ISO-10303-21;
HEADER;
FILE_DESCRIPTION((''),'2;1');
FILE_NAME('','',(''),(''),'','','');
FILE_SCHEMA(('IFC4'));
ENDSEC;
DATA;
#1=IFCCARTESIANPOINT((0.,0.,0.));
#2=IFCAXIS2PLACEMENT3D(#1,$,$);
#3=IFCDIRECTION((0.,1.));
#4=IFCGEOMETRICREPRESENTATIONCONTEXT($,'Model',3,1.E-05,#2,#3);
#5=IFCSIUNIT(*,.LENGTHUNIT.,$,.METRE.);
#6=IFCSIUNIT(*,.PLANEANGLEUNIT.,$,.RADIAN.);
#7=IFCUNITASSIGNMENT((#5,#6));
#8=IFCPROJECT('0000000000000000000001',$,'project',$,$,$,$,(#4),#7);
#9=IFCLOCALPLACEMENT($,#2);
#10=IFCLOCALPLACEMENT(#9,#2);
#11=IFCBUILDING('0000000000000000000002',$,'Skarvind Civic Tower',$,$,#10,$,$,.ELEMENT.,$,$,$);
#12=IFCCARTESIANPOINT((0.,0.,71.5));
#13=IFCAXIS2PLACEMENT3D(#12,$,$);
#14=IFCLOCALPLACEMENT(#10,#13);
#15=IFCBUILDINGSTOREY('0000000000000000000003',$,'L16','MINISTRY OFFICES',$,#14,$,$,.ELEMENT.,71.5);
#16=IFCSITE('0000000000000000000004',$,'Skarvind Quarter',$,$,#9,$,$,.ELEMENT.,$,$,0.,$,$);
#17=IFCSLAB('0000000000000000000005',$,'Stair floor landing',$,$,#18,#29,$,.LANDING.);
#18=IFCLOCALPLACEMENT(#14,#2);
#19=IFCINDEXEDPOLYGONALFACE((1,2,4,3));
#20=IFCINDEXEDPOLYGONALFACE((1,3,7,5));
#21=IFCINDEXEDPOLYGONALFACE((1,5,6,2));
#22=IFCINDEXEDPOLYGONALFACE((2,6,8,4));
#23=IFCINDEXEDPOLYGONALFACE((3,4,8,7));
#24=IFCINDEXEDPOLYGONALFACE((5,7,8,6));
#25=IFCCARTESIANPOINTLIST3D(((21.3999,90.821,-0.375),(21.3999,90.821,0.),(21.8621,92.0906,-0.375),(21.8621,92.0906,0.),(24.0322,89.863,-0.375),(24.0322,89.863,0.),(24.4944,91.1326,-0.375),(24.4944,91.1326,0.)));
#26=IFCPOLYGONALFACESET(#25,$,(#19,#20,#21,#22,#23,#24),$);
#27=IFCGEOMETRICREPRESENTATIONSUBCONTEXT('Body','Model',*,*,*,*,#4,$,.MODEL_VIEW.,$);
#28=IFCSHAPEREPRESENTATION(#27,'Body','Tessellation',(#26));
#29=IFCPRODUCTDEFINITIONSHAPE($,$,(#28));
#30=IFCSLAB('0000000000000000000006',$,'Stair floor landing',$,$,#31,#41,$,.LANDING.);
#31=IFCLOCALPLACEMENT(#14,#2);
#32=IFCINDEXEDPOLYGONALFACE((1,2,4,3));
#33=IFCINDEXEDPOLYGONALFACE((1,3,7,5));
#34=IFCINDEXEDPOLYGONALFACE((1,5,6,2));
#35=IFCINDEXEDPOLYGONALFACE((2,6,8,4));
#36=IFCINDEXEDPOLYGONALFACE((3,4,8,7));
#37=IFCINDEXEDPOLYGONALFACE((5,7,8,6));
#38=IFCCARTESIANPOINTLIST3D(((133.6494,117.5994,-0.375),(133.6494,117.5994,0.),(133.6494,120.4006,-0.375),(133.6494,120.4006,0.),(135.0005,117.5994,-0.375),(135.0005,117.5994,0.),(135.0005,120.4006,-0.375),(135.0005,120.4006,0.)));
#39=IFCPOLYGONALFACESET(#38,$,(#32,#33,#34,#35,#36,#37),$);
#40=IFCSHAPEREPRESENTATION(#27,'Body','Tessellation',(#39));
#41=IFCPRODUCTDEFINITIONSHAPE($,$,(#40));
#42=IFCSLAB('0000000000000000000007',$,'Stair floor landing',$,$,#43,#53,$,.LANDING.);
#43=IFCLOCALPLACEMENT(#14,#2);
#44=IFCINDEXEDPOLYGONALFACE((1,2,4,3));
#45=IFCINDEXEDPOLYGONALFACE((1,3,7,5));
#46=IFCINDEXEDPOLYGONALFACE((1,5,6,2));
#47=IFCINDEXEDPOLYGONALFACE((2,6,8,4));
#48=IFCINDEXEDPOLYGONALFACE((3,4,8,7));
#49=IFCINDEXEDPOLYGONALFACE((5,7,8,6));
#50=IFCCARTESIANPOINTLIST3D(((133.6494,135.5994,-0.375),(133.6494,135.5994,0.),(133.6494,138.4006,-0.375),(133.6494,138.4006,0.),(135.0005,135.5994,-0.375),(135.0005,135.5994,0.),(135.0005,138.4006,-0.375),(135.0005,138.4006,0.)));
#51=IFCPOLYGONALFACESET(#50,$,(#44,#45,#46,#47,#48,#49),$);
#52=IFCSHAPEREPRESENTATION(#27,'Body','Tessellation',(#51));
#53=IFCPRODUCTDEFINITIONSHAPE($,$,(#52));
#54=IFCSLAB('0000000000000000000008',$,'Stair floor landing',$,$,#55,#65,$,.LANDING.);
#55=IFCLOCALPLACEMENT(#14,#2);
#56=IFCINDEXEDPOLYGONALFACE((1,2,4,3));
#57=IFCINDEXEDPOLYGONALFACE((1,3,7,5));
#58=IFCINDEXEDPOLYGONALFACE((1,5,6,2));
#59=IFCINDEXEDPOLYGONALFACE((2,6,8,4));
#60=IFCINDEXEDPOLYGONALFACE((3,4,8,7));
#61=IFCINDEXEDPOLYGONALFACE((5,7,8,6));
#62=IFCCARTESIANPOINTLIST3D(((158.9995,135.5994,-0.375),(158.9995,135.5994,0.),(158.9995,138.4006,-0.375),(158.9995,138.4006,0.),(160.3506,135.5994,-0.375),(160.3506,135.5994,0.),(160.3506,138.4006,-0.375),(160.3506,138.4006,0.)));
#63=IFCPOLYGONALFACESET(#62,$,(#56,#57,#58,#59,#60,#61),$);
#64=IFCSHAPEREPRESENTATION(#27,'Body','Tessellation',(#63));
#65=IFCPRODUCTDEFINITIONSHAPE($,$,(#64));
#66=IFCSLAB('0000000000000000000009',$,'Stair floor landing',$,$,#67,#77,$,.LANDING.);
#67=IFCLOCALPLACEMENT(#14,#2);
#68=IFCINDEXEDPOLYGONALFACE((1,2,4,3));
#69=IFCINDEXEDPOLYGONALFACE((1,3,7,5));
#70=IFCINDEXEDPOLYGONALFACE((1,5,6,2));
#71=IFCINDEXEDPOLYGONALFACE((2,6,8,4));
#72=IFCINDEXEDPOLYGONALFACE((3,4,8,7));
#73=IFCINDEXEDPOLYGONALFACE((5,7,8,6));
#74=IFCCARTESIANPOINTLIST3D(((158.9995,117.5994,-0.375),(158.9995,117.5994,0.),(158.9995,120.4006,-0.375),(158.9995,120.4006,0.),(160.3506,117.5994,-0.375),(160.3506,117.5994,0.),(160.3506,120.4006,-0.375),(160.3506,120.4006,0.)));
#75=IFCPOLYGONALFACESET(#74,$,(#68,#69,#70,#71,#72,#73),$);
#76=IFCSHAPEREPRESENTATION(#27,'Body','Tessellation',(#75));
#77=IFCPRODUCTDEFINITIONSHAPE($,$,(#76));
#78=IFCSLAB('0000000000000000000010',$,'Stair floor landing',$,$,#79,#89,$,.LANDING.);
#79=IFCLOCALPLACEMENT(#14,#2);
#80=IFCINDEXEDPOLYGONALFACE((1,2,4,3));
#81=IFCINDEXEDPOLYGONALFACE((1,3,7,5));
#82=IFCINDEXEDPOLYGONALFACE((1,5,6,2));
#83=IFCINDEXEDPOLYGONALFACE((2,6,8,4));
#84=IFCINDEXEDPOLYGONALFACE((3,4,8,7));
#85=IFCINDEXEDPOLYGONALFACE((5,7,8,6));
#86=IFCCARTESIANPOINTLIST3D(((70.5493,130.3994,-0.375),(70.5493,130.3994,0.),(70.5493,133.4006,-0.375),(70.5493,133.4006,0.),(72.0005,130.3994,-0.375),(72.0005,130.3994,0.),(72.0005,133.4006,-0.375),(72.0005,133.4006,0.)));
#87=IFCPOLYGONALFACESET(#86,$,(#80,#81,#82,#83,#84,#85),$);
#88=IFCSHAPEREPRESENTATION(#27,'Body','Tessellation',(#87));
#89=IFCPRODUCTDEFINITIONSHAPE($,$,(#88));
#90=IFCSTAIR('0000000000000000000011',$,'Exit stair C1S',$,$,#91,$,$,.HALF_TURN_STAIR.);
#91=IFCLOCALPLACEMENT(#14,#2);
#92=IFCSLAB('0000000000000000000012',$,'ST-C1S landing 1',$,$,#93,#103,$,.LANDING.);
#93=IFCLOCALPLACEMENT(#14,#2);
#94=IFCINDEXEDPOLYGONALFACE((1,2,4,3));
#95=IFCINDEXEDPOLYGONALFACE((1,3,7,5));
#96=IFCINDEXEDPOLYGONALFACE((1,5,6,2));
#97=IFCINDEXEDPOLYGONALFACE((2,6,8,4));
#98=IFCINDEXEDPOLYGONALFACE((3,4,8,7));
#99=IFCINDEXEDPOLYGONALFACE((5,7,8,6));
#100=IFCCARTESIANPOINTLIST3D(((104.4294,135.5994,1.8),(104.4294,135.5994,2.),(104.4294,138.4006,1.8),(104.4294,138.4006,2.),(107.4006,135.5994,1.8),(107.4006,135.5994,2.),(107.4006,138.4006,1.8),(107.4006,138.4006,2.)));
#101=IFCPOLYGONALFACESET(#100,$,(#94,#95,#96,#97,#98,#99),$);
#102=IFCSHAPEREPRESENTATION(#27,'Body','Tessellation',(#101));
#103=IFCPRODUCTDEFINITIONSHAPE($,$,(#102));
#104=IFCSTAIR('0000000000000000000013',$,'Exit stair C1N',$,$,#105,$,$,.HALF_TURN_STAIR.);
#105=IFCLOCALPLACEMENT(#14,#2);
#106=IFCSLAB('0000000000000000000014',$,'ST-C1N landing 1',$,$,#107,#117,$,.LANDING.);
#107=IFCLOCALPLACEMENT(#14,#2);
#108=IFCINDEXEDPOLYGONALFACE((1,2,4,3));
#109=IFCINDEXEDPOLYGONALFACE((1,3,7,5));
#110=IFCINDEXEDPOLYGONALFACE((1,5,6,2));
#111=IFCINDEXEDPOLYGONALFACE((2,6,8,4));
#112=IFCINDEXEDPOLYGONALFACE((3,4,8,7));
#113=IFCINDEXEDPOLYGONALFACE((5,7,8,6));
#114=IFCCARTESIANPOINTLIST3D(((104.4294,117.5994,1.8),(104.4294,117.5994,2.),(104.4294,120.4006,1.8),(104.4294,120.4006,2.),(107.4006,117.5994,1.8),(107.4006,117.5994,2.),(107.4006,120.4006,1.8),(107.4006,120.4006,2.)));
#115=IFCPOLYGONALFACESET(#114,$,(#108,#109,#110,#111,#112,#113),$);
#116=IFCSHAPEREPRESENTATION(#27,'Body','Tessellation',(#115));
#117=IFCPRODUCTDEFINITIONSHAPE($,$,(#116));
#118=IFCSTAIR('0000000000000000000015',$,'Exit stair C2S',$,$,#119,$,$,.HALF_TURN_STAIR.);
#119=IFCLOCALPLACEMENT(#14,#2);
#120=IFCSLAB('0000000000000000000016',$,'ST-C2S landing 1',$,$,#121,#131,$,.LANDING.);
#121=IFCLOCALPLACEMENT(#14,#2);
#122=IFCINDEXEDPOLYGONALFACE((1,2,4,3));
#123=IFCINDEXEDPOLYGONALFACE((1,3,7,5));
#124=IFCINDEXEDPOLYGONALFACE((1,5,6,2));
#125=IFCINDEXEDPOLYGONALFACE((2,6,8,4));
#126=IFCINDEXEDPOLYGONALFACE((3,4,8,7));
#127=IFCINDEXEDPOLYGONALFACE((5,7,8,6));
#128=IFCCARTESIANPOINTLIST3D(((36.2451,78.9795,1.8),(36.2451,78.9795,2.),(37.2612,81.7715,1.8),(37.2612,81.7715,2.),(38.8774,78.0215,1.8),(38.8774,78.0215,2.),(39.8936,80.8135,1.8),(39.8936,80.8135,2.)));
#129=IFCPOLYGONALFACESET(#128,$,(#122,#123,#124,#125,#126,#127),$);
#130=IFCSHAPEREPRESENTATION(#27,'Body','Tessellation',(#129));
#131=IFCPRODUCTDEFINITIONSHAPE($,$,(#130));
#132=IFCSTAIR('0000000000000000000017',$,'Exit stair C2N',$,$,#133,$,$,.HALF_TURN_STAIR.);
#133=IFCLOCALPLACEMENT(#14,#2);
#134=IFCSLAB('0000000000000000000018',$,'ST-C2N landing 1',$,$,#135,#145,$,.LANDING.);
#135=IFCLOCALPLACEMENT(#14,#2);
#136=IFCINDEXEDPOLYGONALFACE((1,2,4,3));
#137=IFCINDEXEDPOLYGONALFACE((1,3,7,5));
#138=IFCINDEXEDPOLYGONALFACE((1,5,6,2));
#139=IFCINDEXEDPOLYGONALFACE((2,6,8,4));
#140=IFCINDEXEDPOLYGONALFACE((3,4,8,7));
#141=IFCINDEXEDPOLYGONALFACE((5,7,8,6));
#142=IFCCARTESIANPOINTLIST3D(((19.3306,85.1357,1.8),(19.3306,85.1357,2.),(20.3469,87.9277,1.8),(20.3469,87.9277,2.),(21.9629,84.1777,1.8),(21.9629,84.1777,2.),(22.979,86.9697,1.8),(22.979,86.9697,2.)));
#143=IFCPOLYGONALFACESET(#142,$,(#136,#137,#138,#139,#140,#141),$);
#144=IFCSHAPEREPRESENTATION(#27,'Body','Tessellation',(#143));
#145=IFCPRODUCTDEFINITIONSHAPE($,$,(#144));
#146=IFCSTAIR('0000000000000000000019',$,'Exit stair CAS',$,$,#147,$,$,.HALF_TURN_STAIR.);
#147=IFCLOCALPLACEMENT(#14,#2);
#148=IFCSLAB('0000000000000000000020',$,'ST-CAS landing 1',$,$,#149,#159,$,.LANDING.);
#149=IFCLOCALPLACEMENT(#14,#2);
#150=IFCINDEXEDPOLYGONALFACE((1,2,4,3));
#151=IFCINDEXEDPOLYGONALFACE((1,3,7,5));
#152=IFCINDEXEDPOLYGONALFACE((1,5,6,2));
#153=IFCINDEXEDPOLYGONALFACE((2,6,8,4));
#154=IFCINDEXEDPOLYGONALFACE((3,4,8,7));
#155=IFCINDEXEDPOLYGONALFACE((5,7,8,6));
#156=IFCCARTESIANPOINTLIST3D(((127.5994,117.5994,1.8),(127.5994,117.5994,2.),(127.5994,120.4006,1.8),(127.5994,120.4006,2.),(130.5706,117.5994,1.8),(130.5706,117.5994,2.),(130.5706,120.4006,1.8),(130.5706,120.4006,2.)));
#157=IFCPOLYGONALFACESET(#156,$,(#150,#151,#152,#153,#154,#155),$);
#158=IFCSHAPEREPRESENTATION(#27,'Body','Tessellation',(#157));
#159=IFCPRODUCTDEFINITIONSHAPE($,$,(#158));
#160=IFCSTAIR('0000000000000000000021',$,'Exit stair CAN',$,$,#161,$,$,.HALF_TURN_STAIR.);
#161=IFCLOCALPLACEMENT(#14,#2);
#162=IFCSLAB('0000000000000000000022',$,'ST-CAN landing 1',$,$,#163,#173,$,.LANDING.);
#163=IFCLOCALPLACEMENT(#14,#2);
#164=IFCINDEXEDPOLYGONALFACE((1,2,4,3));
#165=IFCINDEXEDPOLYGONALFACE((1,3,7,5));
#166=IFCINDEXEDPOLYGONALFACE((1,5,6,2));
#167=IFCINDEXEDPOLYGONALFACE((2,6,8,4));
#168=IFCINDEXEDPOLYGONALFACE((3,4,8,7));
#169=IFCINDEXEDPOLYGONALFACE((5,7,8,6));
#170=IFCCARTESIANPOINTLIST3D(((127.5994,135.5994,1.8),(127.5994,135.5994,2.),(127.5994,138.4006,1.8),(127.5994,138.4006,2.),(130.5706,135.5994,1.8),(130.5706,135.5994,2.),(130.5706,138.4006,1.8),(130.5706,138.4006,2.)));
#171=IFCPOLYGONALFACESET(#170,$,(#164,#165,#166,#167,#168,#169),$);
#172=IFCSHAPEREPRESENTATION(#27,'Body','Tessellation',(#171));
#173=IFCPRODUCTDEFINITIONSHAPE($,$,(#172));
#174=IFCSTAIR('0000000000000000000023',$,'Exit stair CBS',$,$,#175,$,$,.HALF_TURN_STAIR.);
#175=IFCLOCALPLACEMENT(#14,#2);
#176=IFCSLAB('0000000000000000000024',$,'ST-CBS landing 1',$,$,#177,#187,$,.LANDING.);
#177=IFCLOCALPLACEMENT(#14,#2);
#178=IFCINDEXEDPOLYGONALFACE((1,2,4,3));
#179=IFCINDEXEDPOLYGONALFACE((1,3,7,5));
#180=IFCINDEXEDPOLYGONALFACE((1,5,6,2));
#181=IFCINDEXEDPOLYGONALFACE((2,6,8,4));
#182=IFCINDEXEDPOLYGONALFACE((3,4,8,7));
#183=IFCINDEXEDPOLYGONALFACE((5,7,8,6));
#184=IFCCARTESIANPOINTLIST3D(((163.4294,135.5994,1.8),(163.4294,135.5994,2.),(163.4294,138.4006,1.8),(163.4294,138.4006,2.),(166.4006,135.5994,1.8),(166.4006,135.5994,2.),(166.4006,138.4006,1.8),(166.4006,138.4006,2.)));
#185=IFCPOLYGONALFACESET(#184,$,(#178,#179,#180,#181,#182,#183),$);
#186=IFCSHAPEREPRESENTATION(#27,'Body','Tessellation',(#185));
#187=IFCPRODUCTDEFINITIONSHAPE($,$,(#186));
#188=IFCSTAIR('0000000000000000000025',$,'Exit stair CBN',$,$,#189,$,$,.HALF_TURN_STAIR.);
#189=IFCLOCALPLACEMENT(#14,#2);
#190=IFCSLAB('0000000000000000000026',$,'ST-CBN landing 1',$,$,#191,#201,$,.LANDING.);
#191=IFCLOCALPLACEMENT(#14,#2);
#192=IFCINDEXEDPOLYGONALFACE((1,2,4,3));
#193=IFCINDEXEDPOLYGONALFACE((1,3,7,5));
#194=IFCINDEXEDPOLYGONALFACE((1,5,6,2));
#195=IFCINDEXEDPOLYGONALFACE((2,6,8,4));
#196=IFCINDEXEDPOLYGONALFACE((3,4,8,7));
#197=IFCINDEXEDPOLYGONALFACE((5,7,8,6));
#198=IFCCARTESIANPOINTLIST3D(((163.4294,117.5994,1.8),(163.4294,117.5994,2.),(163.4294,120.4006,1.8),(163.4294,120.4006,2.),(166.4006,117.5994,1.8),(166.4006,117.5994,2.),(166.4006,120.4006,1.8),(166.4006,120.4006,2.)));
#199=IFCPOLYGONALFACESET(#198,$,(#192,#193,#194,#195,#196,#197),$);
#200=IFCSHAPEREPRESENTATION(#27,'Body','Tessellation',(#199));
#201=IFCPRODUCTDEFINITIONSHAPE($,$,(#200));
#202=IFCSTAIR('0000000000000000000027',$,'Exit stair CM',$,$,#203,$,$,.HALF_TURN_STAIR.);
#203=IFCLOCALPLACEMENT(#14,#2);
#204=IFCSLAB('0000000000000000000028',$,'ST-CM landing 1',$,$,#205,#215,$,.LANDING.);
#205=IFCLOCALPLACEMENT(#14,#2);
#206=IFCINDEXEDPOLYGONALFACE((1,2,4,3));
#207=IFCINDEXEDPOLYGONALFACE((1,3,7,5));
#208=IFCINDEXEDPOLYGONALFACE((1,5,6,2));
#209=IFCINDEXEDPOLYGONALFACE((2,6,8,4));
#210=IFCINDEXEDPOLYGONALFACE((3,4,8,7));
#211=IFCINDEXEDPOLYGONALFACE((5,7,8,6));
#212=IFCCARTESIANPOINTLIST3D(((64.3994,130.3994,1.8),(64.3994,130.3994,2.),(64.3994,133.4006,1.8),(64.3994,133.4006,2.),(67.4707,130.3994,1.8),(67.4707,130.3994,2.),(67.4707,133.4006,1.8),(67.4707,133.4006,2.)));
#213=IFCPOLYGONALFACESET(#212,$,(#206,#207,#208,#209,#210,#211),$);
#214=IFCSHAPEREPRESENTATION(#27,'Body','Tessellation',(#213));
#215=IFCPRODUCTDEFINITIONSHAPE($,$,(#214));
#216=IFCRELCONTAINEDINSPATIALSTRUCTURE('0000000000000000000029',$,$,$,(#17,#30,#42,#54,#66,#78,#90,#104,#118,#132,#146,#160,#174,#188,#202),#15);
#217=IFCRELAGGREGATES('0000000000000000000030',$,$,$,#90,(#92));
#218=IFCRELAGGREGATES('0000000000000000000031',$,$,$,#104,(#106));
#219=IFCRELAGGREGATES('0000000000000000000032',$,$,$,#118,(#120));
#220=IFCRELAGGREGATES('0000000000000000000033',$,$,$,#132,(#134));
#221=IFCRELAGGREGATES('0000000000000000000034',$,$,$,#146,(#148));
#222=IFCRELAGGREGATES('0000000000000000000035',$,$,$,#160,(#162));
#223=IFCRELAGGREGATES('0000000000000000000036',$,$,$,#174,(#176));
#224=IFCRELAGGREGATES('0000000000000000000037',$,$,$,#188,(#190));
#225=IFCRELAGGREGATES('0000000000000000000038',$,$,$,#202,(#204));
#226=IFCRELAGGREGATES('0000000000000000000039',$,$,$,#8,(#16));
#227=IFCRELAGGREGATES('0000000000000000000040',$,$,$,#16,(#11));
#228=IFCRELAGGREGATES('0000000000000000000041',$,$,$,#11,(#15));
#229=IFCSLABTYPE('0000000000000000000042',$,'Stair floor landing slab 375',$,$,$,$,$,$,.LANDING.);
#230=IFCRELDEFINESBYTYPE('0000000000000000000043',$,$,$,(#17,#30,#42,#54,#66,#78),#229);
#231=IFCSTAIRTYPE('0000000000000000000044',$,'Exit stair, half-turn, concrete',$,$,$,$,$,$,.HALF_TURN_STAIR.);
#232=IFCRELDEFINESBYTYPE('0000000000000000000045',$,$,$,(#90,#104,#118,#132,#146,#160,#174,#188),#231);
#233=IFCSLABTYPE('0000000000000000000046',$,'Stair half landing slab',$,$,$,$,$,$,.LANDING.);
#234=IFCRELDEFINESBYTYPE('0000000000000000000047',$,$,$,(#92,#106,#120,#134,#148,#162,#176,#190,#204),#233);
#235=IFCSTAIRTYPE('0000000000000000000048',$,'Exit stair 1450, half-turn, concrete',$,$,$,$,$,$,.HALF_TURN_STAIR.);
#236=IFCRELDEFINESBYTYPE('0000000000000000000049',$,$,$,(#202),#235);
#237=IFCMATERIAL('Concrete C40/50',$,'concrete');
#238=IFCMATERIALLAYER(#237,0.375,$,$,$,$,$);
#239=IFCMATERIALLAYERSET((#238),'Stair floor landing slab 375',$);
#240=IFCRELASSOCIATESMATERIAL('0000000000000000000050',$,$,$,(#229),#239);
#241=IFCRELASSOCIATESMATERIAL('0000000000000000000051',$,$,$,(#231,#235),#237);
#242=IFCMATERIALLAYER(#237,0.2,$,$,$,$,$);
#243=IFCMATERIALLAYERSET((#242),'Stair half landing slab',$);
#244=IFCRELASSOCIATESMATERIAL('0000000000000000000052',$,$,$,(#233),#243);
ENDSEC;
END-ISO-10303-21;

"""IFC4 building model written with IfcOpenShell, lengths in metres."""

from ifc_helpers import new_model, si_unit, direction, frame, origin, place, context, subcontext, project, spatial, polyline, outline, extrude, material, layer, layer_set, type_object, element, aggregate, save


model = new_model("IFC4")

# Units and contexts
model_context = context("Model", 3, precision=1e-05, world=origin(), true_north=direction((0.0, 1.0)))
body_context = subcontext(model_context, "Body", "Model", "MODEL_VIEW")
ifc_project = project(units=[si_unit("LENGTHUNIT", "METRE"), si_unit("PLANEANGLEUNIT", "RADIAN")], contexts=[model_context])

# Site, building, storey
site_placement = place(None, origin())
site = spatial("IfcSite", under=ifc_project, at=site_placement, Name="Skarvind Quarter", CompositionType="ELEMENT", RefElevation=0.0)
building_placement = place(site_placement, origin())
building = spatial("IfcBuilding", under=site, at=building_placement, Name="Skarvind Civic Tower", CompositionType="ELEMENT")
storey_placement = place(building_placement, frame((0.0, 0.0, 71.5)))
storey = spatial("IfcBuildingStorey", under=building, at=storey_placement, Name="L16", Description="MINISTRY OFFICES", CompositionType="ELEMENT", Elevation=71.5)

# Slabs
ifc_material_1 = material(Name="Concrete C40/50", Category="concrete")
ifc_layer_1 = layer(ifc_material_1, 0.375)
ifc_layer_set_1 = layer_set([ifc_layer_1], Name="Stair floor landing slab 375")
slab_type_1 = type_object("IfcSlabType", Name="Stair floor landing slab 375", PredefinedType="LANDING", material=ifc_layer_set_1)
slab_1_placement = place(storey_placement, frame((0.0, 0.0, -0.375)))
element("IfcSlab", 1, at=slab_1_placement, inside=storey, type_object=slab_type_1, Name="Stair floor landing", PredefinedType="LANDING", context=body_context, shape_type="SweptSolid", body=[
    extrude(outline(polyline([(24.0322, 89.863), (21.3999, 90.821), (21.8621, 92.0906), (24.4944, 91.1326), (24.0322, 89.863)])), origin(), (0.0, 0.0, 1.0), 0.375),
])
slab_2_placement = place(storey_placement, frame((0.0, 0.0, -0.375)))
element("IfcSlab", 2, at=slab_2_placement, inside=storey, type_object=slab_type_1, Name="Stair floor landing", PredefinedType="LANDING", context=body_context, shape_type="SweptSolid", body=[
    extrude(outline(polyline([(133.6494, 117.5994), (133.6494, 120.4006), (135.0005, 120.4006), (135.0005, 117.5994), (133.6494, 117.5994)])), origin(), (0.0, 0.0, 1.0), 0.375),
])
slab_3_placement = place(storey_placement, frame((0.0, 0.0, -0.375)))
element("IfcSlab", 3, at=slab_3_placement, inside=storey, type_object=slab_type_1, Name="Stair floor landing", PredefinedType="LANDING", context=body_context, shape_type="SweptSolid", body=[
    extrude(outline(polyline([(133.6494, 135.5994), (133.6494, 138.4006), (135.0005, 138.4006), (135.0005, 135.5994), (133.6494, 135.5994)])), origin(), (0.0, 0.0, 1.0), 0.375),
])
slab_4_placement = place(storey_placement, frame((0.0, 0.0, -0.375)))
element("IfcSlab", 4, at=slab_4_placement, inside=storey, type_object=slab_type_1, Name="Stair floor landing", PredefinedType="LANDING", context=body_context, shape_type="SweptSolid", body=[
    extrude(outline(polyline([(160.3506, 138.4006), (160.3506, 135.5994), (158.9995, 135.5994), (158.9995, 138.4006), (160.3506, 138.4006)])), origin(), (0.0, 0.0, 1.0), 0.375),
])
slab_5_placement = place(storey_placement, frame((0.0, 0.0, -0.375)))
element("IfcSlab", 5, at=slab_5_placement, inside=storey, type_object=slab_type_1, Name="Stair floor landing", PredefinedType="LANDING", context=body_context, shape_type="SweptSolid", body=[
    extrude(outline(polyline([(160.3506, 120.4006), (160.3506, 117.5994), (158.9995, 117.5994), (158.9995, 120.4006), (160.3506, 120.4006)])), origin(), (0.0, 0.0, 1.0), 0.375),
])
slab_6_placement = place(storey_placement, frame((0.0, 0.0, -0.375)))
element("IfcSlab", 6, at=slab_6_placement, inside=storey, type_object=slab_type_1, Name="Stair floor landing", PredefinedType="LANDING", context=body_context, shape_type="SweptSolid", body=[
    extrude(outline(polyline([(70.5493, 130.3994), (70.5493, 133.4006), (72.0005, 133.4006), (72.0005, 130.3994), (70.5493, 130.3994)])), origin(), (0.0, 0.0, 1.0), 0.375),
])

# Stairs, slabs
stair_type_1 = type_object("IfcStairType", Name="Exit stair, half-turn, concrete", PredefinedType="HALF_TURN_STAIR", material=ifc_material_1)
stair_1_placement = place(storey_placement, origin())
stair_1 = element("IfcStair", 7, at=stair_1_placement, inside=storey, type_object=stair_type_1, Name="Exit stair C1S", PredefinedType="HALF_TURN_STAIR")
ifc_layer_2 = layer(ifc_material_1, 0.2)
ifc_layer_set_2 = layer_set([ifc_layer_2], Name="Stair half landing slab")
slab_type_2 = type_object("IfcSlabType", Name="Stair half landing slab", PredefinedType="LANDING", material=ifc_layer_set_2)
slab_7_placement = place(storey_placement, frame((0.0, 0.0, 1.8)))
slab_7 = element("IfcSlab", 8, at=slab_7_placement, type_object=slab_type_2, Name="ST-C1S landing 1", PredefinedType="LANDING", context=body_context, shape_type="SweptSolid", body=[
    extrude(outline(polyline([(104.4294, 135.5994), (104.4294, 138.4006), (107.4006, 138.4006), (107.4006, 135.5994), (104.4294, 135.5994)])), origin(), (0.0, 0.0, 1.0), 0.2),
])
aggregate(stair_1, [slab_7])
stair_2_placement = place(storey_placement, origin())
stair_2 = element("IfcStair", 9, at=stair_2_placement, inside=storey, type_object=stair_type_1, Name="Exit stair C1N", PredefinedType="HALF_TURN_STAIR")
slab_8_placement = place(storey_placement, frame((0.0, 0.0, 1.8)))
slab_8 = element("IfcSlab", 10, at=slab_8_placement, type_object=slab_type_2, Name="ST-C1N landing 1", PredefinedType="LANDING", context=body_context, shape_type="SweptSolid", body=[
    extrude(outline(polyline([(104.4294, 117.5994), (104.4294, 120.4006), (107.4006, 120.4006), (107.4006, 117.5994), (104.4294, 117.5994)])), origin(), (0.0, 0.0, 1.0), 0.2),
])
aggregate(stair_2, [slab_8])
stair_3_placement = place(storey_placement, origin())
stair_3 = element("IfcStair", 11, at=stair_3_placement, inside=storey, type_object=stair_type_1, Name="Exit stair C2S", PredefinedType="HALF_TURN_STAIR")
slab_9_placement = place(storey_placement, frame((0.0, 0.0, 1.8)))
slab_9 = element("IfcSlab", 12, at=slab_9_placement, type_object=slab_type_2, Name="ST-C2S landing 1", PredefinedType="LANDING", context=body_context, shape_type="SweptSolid", body=[
    extrude(outline(polyline([(37.2612, 81.7715), (39.8936, 80.8135), (38.8774, 78.0215), (36.2451, 78.9795), (37.2612, 81.7715)])), origin(), (0.0, 0.0, 1.0), 0.2),
])
aggregate(stair_3, [slab_9])
stair_4_placement = place(storey_placement, origin())
stair_4 = element("IfcStair", 13, at=stair_4_placement, inside=storey, type_object=stair_type_1, Name="Exit stair C2N", PredefinedType="HALF_TURN_STAIR")
slab_10_placement = place(storey_placement, frame((0.0, 0.0, 1.8)))
slab_10 = element("IfcSlab", 14, at=slab_10_placement, type_object=slab_type_2, Name="ST-C2N landing 1", PredefinedType="LANDING", context=body_context, shape_type="SweptSolid", body=[
    extrude(outline(polyline([(20.3469, 87.9277), (22.979, 86.9697), (21.9629, 84.1777), (19.3306, 85.1357), (20.3469, 87.9277)])), origin(), (0.0, 0.0, 1.0), 0.2),
])
aggregate(stair_4, [slab_10])
stair_5_placement = place(storey_placement, origin())
stair_5 = element("IfcStair", 15, at=stair_5_placement, inside=storey, type_object=stair_type_1, Name="Exit stair CAS", PredefinedType="HALF_TURN_STAIR")
slab_11_placement = place(storey_placement, frame((0.0, 0.0, 1.8)))
slab_11 = element("IfcSlab", 16, at=slab_11_placement, type_object=slab_type_2, Name="ST-CAS landing 1", PredefinedType="LANDING", context=body_context, shape_type="SweptSolid", body=[
    extrude(outline(polyline([(130.5706, 120.4006), (130.5706, 117.5994), (127.5994, 117.5994), (127.5994, 120.4006), (130.5706, 120.4006)])), origin(), (0.0, 0.0, 1.0), 0.2),
])
aggregate(stair_5, [slab_11])
stair_6_placement = place(storey_placement, origin())
stair_6 = element("IfcStair", 17, at=stair_6_placement, inside=storey, type_object=stair_type_1, Name="Exit stair CAN", PredefinedType="HALF_TURN_STAIR")
slab_12_placement = place(storey_placement, frame((0.0, 0.0, 1.8)))
slab_12 = element("IfcSlab", 18, at=slab_12_placement, type_object=slab_type_2, Name="ST-CAN landing 1", PredefinedType="LANDING", context=body_context, shape_type="SweptSolid", body=[
    extrude(outline(polyline([(130.5706, 138.4006), (130.5706, 135.5994), (127.5994, 135.5994), (127.5994, 138.4006), (130.5706, 138.4006)])), origin(), (0.0, 0.0, 1.0), 0.2),
])
aggregate(stair_6, [slab_12])
stair_7_placement = place(storey_placement, origin())
stair_7 = element("IfcStair", 19, at=stair_7_placement, inside=storey, type_object=stair_type_1, Name="Exit stair CBS", PredefinedType="HALF_TURN_STAIR")
slab_13_placement = place(storey_placement, frame((0.0, 0.0, 1.8)))
slab_13 = element("IfcSlab", 20, at=slab_13_placement, type_object=slab_type_2, Name="ST-CBS landing 1", PredefinedType="LANDING", context=body_context, shape_type="SweptSolid", body=[
    extrude(outline(polyline([(163.4294, 135.5994), (163.4294, 138.4006), (166.4006, 138.4006), (166.4006, 135.5994), (163.4294, 135.5994)])), origin(), (0.0, 0.0, 1.0), 0.2),
])
aggregate(stair_7, [slab_13])
stair_8_placement = place(storey_placement, origin())
stair_8 = element("IfcStair", 21, at=stair_8_placement, inside=storey, type_object=stair_type_1, Name="Exit stair CBN", PredefinedType="HALF_TURN_STAIR")
slab_14_placement = place(storey_placement, frame((0.0, 0.0, 1.8)))
slab_14 = element("IfcSlab", 22, at=slab_14_placement, type_object=slab_type_2, Name="ST-CBN landing 1", PredefinedType="LANDING", context=body_context, shape_type="SweptSolid", body=[
    extrude(outline(polyline([(163.4294, 117.5994), (163.4294, 120.4006), (166.4006, 120.4006), (166.4006, 117.5994), (163.4294, 117.5994)])), origin(), (0.0, 0.0, 1.0), 0.2),
])
aggregate(stair_8, [slab_14])
stair_type_2 = type_object("IfcStairType", Name="Exit stair 1450, half-turn, concrete", PredefinedType="HALF_TURN_STAIR", material=ifc_material_1)
stair_9_placement = place(storey_placement, origin())
stair_9 = element("IfcStair", 23, at=stair_9_placement, inside=storey, type_object=stair_type_2, Name="Exit stair CM", PredefinedType="HALF_TURN_STAIR")
slab_15_placement = place(storey_placement, frame((0.0, 0.0, 1.8)))
slab_15 = element("IfcSlab", 24, at=slab_15_placement, type_object=slab_type_2, Name="ST-CM landing 1", PredefinedType="LANDING", context=body_context, shape_type="SweptSolid", body=[
    extrude(outline(polyline([(67.4707, 133.4006), (67.4707, 130.3994), (64.3994, 130.3994), (64.3994, 133.4006), (67.4707, 133.4006)])), origin(), (0.0, 0.0, 1.0), 0.2),
])
aggregate(stair_9, [slab_15])

save(model, "model.ifc")
